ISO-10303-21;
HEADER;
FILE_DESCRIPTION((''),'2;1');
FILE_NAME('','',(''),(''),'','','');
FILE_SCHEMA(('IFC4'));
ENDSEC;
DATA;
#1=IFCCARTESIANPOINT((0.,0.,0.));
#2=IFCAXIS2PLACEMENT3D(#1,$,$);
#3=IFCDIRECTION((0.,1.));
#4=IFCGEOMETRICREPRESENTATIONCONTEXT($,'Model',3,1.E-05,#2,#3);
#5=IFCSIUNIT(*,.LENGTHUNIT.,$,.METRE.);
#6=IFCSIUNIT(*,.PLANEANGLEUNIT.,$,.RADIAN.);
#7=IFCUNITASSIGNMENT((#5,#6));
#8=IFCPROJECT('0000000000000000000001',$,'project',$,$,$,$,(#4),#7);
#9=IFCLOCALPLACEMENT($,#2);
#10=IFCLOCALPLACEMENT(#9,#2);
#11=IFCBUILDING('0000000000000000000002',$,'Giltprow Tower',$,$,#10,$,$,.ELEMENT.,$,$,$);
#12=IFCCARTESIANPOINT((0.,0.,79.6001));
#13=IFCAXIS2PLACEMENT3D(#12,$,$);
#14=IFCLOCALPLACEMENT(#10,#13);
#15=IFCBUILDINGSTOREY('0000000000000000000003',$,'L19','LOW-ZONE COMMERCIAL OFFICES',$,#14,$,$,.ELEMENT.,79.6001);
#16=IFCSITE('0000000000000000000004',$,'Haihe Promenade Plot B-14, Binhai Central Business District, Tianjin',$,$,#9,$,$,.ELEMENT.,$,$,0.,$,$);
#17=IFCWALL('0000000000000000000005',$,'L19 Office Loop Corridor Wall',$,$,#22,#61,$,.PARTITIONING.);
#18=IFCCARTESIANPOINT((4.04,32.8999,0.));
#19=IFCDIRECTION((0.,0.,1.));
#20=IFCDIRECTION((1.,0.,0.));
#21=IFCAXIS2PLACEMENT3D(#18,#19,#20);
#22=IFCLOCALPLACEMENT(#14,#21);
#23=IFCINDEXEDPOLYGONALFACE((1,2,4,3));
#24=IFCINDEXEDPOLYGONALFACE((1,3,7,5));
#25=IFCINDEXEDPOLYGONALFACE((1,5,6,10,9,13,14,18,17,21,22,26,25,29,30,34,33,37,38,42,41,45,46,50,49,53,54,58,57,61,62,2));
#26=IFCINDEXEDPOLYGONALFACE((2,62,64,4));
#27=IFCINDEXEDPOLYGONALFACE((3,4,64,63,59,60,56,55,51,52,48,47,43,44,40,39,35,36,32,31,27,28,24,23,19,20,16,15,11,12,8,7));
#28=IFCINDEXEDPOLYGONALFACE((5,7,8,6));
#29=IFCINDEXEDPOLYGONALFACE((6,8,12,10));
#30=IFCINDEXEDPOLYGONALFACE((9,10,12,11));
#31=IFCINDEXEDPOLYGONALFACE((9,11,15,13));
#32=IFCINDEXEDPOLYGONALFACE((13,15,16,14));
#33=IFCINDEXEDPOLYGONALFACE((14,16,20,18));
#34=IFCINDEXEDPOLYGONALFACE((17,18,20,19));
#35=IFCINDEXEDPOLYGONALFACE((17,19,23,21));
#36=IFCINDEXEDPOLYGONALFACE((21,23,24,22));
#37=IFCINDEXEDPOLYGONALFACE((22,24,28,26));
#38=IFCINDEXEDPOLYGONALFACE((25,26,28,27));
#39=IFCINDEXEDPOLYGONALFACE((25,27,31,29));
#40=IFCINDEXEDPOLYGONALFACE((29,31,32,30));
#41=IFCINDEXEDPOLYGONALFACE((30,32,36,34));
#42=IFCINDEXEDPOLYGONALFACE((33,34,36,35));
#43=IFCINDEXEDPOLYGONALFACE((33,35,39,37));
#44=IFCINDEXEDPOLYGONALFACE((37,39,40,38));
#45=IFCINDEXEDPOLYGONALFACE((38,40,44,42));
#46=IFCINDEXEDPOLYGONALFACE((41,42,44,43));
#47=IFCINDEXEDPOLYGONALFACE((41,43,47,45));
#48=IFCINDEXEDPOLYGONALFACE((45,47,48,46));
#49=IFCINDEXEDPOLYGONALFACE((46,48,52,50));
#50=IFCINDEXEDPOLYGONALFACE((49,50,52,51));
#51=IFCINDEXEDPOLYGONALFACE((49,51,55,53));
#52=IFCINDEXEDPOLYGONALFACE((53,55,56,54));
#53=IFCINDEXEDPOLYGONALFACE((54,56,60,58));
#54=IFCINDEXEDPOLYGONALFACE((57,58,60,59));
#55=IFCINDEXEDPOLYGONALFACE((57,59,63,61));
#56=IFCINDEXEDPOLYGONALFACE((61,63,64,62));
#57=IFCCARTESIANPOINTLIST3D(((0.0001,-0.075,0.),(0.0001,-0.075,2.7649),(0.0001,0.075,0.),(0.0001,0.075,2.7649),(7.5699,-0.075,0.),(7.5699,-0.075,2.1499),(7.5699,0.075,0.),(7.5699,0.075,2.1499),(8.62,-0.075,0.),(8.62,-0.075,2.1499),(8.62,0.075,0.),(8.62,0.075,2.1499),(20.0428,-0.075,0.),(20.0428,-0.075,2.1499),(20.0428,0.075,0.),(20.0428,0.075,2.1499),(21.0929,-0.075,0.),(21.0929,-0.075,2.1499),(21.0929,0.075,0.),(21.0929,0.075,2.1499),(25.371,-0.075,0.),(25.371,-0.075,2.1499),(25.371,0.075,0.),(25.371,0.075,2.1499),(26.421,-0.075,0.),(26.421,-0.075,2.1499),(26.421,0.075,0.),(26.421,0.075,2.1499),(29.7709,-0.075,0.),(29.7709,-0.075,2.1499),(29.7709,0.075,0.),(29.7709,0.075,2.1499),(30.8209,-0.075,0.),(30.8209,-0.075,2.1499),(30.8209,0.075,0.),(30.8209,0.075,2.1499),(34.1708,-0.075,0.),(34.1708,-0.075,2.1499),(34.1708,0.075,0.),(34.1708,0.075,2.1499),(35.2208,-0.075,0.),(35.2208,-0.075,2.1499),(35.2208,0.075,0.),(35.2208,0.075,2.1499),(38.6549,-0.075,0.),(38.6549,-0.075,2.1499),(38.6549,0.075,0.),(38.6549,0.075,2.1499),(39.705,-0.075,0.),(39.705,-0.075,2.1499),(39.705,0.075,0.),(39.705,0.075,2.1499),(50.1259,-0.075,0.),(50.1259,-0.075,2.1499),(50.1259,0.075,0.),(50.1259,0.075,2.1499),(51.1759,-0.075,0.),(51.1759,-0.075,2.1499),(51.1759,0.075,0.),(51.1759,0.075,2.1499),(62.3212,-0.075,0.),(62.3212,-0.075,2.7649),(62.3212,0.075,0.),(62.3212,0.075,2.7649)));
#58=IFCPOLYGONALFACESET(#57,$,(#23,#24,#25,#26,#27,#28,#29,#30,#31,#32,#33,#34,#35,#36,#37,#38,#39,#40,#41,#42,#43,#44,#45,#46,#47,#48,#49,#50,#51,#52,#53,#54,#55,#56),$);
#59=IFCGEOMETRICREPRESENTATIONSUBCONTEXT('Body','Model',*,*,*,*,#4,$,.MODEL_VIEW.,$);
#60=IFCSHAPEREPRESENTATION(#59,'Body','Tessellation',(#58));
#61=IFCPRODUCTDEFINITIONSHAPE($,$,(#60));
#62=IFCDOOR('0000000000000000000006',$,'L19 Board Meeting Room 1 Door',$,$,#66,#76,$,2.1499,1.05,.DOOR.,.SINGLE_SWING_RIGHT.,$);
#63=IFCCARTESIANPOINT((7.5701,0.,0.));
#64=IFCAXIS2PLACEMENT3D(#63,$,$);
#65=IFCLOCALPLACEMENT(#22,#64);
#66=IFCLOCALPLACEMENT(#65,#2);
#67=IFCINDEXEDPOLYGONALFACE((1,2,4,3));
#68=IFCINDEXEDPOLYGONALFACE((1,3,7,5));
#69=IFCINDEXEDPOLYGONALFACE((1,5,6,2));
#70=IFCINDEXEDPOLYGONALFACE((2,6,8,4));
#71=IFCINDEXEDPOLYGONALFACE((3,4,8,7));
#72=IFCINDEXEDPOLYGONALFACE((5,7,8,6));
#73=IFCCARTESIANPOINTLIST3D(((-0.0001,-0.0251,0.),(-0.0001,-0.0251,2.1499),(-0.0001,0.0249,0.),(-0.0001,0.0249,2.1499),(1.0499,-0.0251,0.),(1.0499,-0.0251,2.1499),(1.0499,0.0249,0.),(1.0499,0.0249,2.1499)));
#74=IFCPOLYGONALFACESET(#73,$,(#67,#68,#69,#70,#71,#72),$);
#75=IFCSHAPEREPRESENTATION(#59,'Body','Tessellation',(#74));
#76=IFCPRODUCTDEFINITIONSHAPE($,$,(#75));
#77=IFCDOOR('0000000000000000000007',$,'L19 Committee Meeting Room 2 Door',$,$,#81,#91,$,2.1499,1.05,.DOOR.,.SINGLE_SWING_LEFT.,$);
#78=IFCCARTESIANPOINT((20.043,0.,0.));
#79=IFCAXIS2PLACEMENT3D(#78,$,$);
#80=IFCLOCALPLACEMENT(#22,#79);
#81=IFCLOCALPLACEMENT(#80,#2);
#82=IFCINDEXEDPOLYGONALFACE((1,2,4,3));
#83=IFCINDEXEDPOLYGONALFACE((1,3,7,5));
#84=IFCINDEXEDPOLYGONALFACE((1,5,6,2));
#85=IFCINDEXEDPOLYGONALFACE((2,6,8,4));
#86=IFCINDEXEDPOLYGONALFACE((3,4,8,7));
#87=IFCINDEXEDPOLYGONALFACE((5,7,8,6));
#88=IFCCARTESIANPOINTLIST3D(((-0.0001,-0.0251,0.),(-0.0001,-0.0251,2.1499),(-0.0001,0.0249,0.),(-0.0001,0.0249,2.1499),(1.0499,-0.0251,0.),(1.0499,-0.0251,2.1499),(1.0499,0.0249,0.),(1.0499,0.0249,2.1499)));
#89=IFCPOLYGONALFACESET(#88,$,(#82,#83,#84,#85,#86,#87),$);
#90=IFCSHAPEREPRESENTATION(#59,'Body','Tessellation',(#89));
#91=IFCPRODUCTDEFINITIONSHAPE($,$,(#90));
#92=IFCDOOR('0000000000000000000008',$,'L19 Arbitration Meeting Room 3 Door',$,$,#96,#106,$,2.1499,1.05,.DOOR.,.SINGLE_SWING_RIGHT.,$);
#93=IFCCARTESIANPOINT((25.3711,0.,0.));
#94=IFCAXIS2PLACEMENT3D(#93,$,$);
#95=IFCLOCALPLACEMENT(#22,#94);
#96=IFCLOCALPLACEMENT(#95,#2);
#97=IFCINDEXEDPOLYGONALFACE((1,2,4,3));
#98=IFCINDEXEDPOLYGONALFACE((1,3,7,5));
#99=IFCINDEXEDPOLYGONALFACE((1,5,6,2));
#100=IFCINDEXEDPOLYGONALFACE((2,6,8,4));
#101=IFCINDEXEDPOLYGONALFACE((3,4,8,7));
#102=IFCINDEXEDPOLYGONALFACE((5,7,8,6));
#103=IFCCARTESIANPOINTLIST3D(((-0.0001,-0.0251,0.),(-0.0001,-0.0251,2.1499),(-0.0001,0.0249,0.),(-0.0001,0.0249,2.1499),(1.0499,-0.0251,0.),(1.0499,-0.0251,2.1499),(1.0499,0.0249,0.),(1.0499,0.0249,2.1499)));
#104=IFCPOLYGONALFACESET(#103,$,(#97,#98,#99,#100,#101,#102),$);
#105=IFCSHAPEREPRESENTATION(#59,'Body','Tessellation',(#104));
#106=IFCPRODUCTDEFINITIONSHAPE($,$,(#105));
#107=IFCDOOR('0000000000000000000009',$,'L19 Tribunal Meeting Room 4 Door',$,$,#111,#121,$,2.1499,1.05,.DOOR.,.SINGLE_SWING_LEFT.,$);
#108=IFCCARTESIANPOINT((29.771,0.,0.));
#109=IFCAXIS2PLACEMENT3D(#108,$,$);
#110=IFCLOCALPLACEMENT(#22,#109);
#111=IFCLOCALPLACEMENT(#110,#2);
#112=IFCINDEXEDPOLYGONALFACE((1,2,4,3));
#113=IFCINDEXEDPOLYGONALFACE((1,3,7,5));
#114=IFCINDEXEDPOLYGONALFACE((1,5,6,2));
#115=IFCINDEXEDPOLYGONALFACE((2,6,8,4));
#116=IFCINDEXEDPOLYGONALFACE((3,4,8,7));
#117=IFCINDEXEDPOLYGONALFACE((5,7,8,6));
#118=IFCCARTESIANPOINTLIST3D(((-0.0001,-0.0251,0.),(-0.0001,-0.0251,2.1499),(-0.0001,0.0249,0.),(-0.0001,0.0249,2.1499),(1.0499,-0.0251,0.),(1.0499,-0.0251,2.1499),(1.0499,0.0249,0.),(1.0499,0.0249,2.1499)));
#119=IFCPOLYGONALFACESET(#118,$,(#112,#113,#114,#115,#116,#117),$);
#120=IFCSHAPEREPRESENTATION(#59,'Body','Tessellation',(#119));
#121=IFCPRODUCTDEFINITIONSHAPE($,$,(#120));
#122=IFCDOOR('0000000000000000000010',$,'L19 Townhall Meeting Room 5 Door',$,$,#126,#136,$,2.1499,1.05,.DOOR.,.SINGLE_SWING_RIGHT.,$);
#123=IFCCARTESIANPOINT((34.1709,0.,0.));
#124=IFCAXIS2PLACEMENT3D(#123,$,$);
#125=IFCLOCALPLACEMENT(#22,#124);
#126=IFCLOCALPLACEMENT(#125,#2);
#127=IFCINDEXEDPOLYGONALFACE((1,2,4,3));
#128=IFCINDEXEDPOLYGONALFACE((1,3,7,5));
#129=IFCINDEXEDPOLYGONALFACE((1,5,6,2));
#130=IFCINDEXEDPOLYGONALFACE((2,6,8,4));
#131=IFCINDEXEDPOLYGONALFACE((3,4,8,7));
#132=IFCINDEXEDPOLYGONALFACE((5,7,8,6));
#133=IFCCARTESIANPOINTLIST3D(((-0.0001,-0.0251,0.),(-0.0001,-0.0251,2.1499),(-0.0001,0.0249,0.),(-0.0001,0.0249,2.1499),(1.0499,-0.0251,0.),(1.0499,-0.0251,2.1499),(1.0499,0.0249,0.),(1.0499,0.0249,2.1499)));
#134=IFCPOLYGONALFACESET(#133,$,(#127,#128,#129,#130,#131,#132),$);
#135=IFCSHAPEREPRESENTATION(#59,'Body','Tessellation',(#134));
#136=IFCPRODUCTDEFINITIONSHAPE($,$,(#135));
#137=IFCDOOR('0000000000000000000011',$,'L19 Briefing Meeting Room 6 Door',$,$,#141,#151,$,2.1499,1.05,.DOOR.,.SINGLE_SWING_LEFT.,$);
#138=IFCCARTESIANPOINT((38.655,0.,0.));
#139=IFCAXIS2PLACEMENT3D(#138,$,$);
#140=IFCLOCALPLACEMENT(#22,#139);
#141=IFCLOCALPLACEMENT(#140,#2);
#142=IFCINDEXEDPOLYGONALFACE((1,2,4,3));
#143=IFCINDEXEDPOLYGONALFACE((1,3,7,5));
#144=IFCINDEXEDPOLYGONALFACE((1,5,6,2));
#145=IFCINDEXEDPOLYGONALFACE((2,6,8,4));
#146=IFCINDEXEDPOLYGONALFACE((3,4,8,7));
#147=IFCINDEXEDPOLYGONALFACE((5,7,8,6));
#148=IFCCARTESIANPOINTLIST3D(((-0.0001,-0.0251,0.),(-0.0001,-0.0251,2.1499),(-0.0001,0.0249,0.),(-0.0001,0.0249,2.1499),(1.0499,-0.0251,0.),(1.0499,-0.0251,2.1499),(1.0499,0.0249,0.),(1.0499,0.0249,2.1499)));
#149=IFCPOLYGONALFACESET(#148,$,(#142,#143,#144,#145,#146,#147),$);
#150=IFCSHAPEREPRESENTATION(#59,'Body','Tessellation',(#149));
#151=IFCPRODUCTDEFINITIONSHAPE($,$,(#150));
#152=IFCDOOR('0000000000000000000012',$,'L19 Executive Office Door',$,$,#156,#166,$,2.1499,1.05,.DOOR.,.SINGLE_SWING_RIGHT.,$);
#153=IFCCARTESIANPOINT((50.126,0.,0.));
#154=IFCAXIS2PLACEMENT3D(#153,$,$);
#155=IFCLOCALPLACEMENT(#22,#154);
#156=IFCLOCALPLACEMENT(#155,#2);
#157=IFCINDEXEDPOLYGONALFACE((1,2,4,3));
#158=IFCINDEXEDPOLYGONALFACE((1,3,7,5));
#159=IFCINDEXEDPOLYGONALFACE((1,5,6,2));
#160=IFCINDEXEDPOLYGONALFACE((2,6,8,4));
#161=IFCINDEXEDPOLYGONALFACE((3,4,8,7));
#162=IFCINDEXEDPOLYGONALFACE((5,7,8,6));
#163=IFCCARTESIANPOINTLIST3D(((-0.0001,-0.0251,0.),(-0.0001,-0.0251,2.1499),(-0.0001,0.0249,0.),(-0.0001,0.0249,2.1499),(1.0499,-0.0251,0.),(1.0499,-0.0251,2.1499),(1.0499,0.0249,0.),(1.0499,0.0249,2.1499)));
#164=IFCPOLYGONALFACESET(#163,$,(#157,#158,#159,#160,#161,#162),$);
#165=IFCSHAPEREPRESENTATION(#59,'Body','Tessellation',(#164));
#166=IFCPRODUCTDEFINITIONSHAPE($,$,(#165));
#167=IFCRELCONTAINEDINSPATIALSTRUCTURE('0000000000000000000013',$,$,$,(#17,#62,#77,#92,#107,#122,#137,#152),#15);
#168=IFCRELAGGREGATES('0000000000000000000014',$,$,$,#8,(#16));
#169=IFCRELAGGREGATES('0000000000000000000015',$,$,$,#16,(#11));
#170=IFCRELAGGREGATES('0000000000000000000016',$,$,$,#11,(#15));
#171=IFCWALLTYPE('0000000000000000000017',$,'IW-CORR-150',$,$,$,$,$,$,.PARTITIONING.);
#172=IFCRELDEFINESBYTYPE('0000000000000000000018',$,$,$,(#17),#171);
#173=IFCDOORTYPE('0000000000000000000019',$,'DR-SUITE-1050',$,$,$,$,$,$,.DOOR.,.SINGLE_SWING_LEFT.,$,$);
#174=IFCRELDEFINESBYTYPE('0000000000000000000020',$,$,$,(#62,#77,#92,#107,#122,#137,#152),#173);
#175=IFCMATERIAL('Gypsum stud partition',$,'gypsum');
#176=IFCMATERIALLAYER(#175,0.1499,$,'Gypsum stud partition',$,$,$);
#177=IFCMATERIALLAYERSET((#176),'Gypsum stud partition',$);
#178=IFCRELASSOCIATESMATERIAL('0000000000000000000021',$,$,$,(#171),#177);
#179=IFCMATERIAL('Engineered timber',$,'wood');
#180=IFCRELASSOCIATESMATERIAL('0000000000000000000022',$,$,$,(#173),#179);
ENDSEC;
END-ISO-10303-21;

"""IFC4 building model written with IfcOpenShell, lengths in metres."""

from ifc_helpers import new_model, si_unit, direction, frame, frame_2d, origin, place, context, subcontext, project, spatial, rectangle, extrude, source, transform, mapped, material, layer, layer_set, type_object, element, fill, save


model = new_model("IFC4")

# Units and contexts
model_context = context("Model", 3, precision=1e-05, world=origin(), true_north=direction((0.0, 1.0)))
body_context = subcontext(model_context, "Body", "Model", "MODEL_VIEW")
ifc_project = project(units=[si_unit("LENGTHUNIT", "METRE"), si_unit("PLANEANGLEUNIT", "RADIAN")], contexts=[model_context])

# Site, building, storey
site_placement = place(None, origin())
site = spatial("IfcSite", under=ifc_project, at=site_placement, Name="Haihe Promenade Plot B-14, Binhai Central Business District, Tianjin", CompositionType="ELEMENT", RefElevation=0.0)
building_placement = place(site_placement, origin())
building = spatial("IfcBuilding", under=site, at=building_placement, Name="Giltprow Tower", CompositionType="ELEMENT")
storey_placement = place(building_placement, frame((0.0, 0.0, 79.6001)))
storey = spatial("IfcBuildingStorey", under=building, at=storey_placement, Name="L19", Description="LOW-ZONE COMMERCIAL OFFICES", CompositionType="ELEMENT", Elevation=79.6001)

# Wall, openings, doors
ifc_material_1 = material(Name="Gypsum stud partition", Category="gypsum")
ifc_layer_1 = layer(ifc_material_1, 0.1499, Name="Gypsum stud partition")
ifc_layer_set_1 = layer_set([ifc_layer_1], Name="Gypsum stud partition")
wall_type_1 = type_object("IfcWallType", Name="IW-CORR-150", PredefinedType="PARTITIONING", material=ifc_layer_set_1)
wall_1_placement = place(storey_placement, frame((4.04, 32.8999, 0.0), z_axis=(0.0, 0.0, 1.0), x_axis=(1.0, 0.0, 0.0)))
wall_1 = element("IfcWall", 1, at=wall_1_placement, inside=storey, type_object=wall_type_1, Name="L19 Office Loop Corridor Wall", PredefinedType="PARTITIONING", context=body_context, shape_type="SweptSolid", body=[
    extrude(rectangle(XDim=62.321, YDim=0.1499, at=frame_2d((31.1606, 0.0))), origin(), (0.0, 0.0, 1.0), 2.7649),
])
opening_1_placement = place(wall_1_placement, frame((7.5701, 0.0, 0.0)))
opening_1 = element("IfcOpeningElement", 2, at=opening_1_placement, cuts=wall_1, PredefinedType="OPENING", context=body_context, shape_type="SweptSolid", body=[
    extrude(rectangle(XDim=1.05, YDim=2.1499, at=frame_2d((0.5249, 1.075))), frame((0.0, 0.085, 0.0), z_axis=(0.0, -1.0, 0.0), x_axis=(1.0, 0.0, 0.0)), (0.0, 0.0, 1.0), 0.1699),
])
opening_2_placement = place(wall_1_placement, frame((20.043, 0.0, 0.0)))
opening_2 = element("IfcOpeningElement", 3, at=opening_2_placement, cuts=wall_1, PredefinedType="OPENING", context=body_context, shape_type="SweptSolid", body=[
    extrude(rectangle(XDim=1.05, YDim=2.1499, at=frame_2d((0.5249, 1.075))), frame((0.0, 0.085, 0.0), z_axis=(0.0, -1.0, 0.0), x_axis=(1.0, 0.0, 0.0)), (0.0, 0.0, 1.0), 0.1699),
])
opening_3_placement = place(wall_1_placement, frame((25.3711, 0.0, 0.0)))
opening_3 = element("IfcOpeningElement", 4, at=opening_3_placement, cuts=wall_1, PredefinedType="OPENING", context=body_context, shape_type="SweptSolid", body=[
    extrude(rectangle(XDim=1.05, YDim=2.1499, at=frame_2d((0.5249, 1.075))), frame((0.0, 0.085, 0.0), z_axis=(0.0, -1.0, 0.0), x_axis=(1.0, 0.0, 0.0)), (0.0, 0.0, 1.0), 0.1699),
])
opening_4_placement = place(wall_1_placement, frame((29.771, 0.0, 0.0)))
opening_4 = element("IfcOpeningElement", 5, at=opening_4_placement, cuts=wall_1, PredefinedType="OPENING", context=body_context, shape_type="SweptSolid", body=[
    extrude(rectangle(XDim=1.05, YDim=2.1499, at=frame_2d((0.5249, 1.075))), frame((0.0, 0.085, 0.0), z_axis=(0.0, -1.0, 0.0), x_axis=(1.0, 0.0, 0.0)), (0.0, 0.0, 1.0), 0.1699),
])
opening_5_placement = place(wall_1_placement, frame((34.1709, 0.0, 0.0)))
opening_5 = element("IfcOpeningElement", 6, at=opening_5_placement, cuts=wall_1, PredefinedType="OPENING", context=body_context, shape_type="SweptSolid", body=[
    extrude(rectangle(XDim=1.05, YDim=2.1499, at=frame_2d((0.5249, 1.075))), frame((0.0, 0.085, 0.0), z_axis=(0.0, -1.0, 0.0), x_axis=(1.0, 0.0, 0.0)), (0.0, 0.0, 1.0), 0.1699),
])
opening_6_placement = place(wall_1_placement, frame((38.655, 0.0, 0.0)))
opening_6 = element("IfcOpeningElement", 7, at=opening_6_placement, cuts=wall_1, PredefinedType="OPENING", context=body_context, shape_type="SweptSolid", body=[
    extrude(rectangle(XDim=1.05, YDim=2.1499, at=frame_2d((0.5249, 1.075))), frame((0.0, 0.085, 0.0), z_axis=(0.0, -1.0, 0.0), x_axis=(1.0, 0.0, 0.0)), (0.0, 0.0, 1.0), 0.1699),
])
opening_7_placement = place(wall_1_placement, frame((50.126, 0.0, 0.0)))
opening_7 = element("IfcOpeningElement", 8, at=opening_7_placement, cuts=wall_1, PredefinedType="OPENING", context=body_context, shape_type="SweptSolid", body=[
    extrude(rectangle(XDim=1.05, YDim=2.1499, at=frame_2d((0.5249, 1.075))), frame((0.0, 0.085, 0.0), z_axis=(0.0, -1.0, 0.0), x_axis=(1.0, 0.0, 0.0)), (0.0, 0.0, 1.0), 0.1699),
])
ifc_material_2 = material(Name="Engineered timber", Category="wood")
door_type_1 = type_object("IfcDoorType", Name="DR-SUITE-1050", OperationType="SINGLE_SWING_LEFT", PredefinedType="DOOR", material=ifc_material_2)
shared_shape_1 = source(origin(), body_context, "Body", "SweptSolid", [
    extrude(rectangle(XDim=1.05, YDim=2.1499, at=frame_2d((0.5249, 1.075))), frame((0.0, 0.0249, 0.0), z_axis=(0.0, -1.0, 0.0), x_axis=(1.0, 0.0, 0.0)), (0.0, 0.0, 1.0), 0.05),
])
door_1_placement = place(opening_1_placement, origin())
door_1 = element("IfcDoor", 9, at=door_1_placement, inside=storey, type_object=door_type_1, Name="L19 Board Meeting Room 1 Door", OperationType="SINGLE_SWING_RIGHT", OverallHeight=2.1499, OverallWidth=1.05, PredefinedType="DOOR", context=body_context, shape_type="MappedRepresentation", body=[
    mapped(shared_shape_1, transform((0.0, 0.0, 0.0), x_axis=(1.0, 0.0, 0.0), y_axis=(0.0, 1.0, 0.0), z_axis=(0.0, 0.0, 1.0), scale=1.0)),
])
fill(opening_1, door_1)
door_2_placement = place(opening_2_placement, origin())
door_2 = element("IfcDoor", 10, at=door_2_placement, inside=storey, type_object=door_type_1, Name="L19 Committee Meeting Room 2 Door", OperationType="SINGLE_SWING_LEFT", OverallHeight=2.1499, OverallWidth=1.05, PredefinedType="DOOR", context=body_context, shape_type="MappedRepresentation", body=[
    mapped(shared_shape_1, transform((0.0, 0.0, 0.0), x_axis=(1.0, 0.0, 0.0), y_axis=(0.0, 1.0, 0.0), z_axis=(0.0, 0.0, 1.0), scale=1.0)),
])
fill(opening_2, door_2)
door_3_placement = place(opening_3_placement, origin())
door_3 = element("IfcDoor", 11, at=door_3_placement, inside=storey, type_object=door_type_1, Name="L19 Arbitration Meeting Room 3 Door", OperationType="SINGLE_SWING_RIGHT", OverallHeight=2.1499, OverallWidth=1.05, PredefinedType="DOOR", context=body_context, shape_type="MappedRepresentation", body=[
    mapped(shared_shape_1, transform((0.0, 0.0, 0.0), x_axis=(1.0, 0.0, 0.0), y_axis=(0.0, 1.0, 0.0), z_axis=(0.0, 0.0, 1.0), scale=1.0)),
])
fill(opening_3, door_3)
door_4_placement = place(opening_4_placement, origin())
door_4 = element("IfcDoor", 12, at=door_4_placement, inside=storey, type_object=door_type_1, Name="L19 Tribunal Meeting Room 4 Door", OperationType="SINGLE_SWING_LEFT", OverallHeight=2.1499, OverallWidth=1.05, PredefinedType="DOOR", context=body_context, shape_type="MappedRepresentation", body=[
    mapped(shared_shape_1, transform((0.0, 0.0, 0.0), x_axis=(1.0, 0.0, 0.0), y_axis=(0.0, 1.0, 0.0), z_axis=(0.0, 0.0, 1.0), scale=1.0)),
])
fill(opening_4, door_4)
door_5_placement = place(opening_5_placement, origin())
door_5 = element("IfcDoor", 13, at=door_5_placement, inside=storey, type_object=door_type_1, Name="L19 Townhall Meeting Room 5 Door", OperationType="SINGLE_SWING_RIGHT", OverallHeight=2.1499, OverallWidth=1.05, PredefinedType="DOOR", context=body_context, shape_type="MappedRepresentation", body=[
    mapped(shared_shape_1, transform((0.0, 0.0, 0.0), x_axis=(1.0, 0.0, 0.0), y_axis=(0.0, 1.0, 0.0), z_axis=(0.0, 0.0, 1.0), scale=1.0)),
])
fill(opening_5, door_5)
door_6_placement = place(opening_6_placement, origin())
door_6 = element("IfcDoor", 14, at=door_6_placement, inside=storey, type_object=door_type_1, Name="L19 Briefing Meeting Room 6 Door", OperationType="SINGLE_SWING_LEFT", OverallHeight=2.1499, OverallWidth=1.05, PredefinedType="DOOR", context=body_context, shape_type="MappedRepresentation", body=[
    mapped(shared_shape_1, transform((0.0, 0.0, 0.0), x_axis=(1.0, 0.0, 0.0), y_axis=(0.0, 1.0, 0.0), z_axis=(0.0, 0.0, 1.0), scale=1.0)),
])
fill(opening_6, door_6)
door_7_placement = place(opening_7_placement, origin())
door_7 = element("IfcDoor", 15, at=door_7_placement, inside=storey, type_object=door_type_1, Name="L19 Executive Office Door", OperationType="SINGLE_SWING_RIGHT", OverallHeight=2.1499, OverallWidth=1.05, PredefinedType="DOOR", context=body_context, shape_type="MappedRepresentation", body=[
    mapped(shared_shape_1, transform((0.0, 0.0, 0.0), x_axis=(1.0, 0.0, 0.0), y_axis=(0.0, 1.0, 0.0), z_axis=(0.0, 0.0, 1.0), scale=1.0)),
])
fill(opening_7, door_7)

save(model, "model.ifc")
